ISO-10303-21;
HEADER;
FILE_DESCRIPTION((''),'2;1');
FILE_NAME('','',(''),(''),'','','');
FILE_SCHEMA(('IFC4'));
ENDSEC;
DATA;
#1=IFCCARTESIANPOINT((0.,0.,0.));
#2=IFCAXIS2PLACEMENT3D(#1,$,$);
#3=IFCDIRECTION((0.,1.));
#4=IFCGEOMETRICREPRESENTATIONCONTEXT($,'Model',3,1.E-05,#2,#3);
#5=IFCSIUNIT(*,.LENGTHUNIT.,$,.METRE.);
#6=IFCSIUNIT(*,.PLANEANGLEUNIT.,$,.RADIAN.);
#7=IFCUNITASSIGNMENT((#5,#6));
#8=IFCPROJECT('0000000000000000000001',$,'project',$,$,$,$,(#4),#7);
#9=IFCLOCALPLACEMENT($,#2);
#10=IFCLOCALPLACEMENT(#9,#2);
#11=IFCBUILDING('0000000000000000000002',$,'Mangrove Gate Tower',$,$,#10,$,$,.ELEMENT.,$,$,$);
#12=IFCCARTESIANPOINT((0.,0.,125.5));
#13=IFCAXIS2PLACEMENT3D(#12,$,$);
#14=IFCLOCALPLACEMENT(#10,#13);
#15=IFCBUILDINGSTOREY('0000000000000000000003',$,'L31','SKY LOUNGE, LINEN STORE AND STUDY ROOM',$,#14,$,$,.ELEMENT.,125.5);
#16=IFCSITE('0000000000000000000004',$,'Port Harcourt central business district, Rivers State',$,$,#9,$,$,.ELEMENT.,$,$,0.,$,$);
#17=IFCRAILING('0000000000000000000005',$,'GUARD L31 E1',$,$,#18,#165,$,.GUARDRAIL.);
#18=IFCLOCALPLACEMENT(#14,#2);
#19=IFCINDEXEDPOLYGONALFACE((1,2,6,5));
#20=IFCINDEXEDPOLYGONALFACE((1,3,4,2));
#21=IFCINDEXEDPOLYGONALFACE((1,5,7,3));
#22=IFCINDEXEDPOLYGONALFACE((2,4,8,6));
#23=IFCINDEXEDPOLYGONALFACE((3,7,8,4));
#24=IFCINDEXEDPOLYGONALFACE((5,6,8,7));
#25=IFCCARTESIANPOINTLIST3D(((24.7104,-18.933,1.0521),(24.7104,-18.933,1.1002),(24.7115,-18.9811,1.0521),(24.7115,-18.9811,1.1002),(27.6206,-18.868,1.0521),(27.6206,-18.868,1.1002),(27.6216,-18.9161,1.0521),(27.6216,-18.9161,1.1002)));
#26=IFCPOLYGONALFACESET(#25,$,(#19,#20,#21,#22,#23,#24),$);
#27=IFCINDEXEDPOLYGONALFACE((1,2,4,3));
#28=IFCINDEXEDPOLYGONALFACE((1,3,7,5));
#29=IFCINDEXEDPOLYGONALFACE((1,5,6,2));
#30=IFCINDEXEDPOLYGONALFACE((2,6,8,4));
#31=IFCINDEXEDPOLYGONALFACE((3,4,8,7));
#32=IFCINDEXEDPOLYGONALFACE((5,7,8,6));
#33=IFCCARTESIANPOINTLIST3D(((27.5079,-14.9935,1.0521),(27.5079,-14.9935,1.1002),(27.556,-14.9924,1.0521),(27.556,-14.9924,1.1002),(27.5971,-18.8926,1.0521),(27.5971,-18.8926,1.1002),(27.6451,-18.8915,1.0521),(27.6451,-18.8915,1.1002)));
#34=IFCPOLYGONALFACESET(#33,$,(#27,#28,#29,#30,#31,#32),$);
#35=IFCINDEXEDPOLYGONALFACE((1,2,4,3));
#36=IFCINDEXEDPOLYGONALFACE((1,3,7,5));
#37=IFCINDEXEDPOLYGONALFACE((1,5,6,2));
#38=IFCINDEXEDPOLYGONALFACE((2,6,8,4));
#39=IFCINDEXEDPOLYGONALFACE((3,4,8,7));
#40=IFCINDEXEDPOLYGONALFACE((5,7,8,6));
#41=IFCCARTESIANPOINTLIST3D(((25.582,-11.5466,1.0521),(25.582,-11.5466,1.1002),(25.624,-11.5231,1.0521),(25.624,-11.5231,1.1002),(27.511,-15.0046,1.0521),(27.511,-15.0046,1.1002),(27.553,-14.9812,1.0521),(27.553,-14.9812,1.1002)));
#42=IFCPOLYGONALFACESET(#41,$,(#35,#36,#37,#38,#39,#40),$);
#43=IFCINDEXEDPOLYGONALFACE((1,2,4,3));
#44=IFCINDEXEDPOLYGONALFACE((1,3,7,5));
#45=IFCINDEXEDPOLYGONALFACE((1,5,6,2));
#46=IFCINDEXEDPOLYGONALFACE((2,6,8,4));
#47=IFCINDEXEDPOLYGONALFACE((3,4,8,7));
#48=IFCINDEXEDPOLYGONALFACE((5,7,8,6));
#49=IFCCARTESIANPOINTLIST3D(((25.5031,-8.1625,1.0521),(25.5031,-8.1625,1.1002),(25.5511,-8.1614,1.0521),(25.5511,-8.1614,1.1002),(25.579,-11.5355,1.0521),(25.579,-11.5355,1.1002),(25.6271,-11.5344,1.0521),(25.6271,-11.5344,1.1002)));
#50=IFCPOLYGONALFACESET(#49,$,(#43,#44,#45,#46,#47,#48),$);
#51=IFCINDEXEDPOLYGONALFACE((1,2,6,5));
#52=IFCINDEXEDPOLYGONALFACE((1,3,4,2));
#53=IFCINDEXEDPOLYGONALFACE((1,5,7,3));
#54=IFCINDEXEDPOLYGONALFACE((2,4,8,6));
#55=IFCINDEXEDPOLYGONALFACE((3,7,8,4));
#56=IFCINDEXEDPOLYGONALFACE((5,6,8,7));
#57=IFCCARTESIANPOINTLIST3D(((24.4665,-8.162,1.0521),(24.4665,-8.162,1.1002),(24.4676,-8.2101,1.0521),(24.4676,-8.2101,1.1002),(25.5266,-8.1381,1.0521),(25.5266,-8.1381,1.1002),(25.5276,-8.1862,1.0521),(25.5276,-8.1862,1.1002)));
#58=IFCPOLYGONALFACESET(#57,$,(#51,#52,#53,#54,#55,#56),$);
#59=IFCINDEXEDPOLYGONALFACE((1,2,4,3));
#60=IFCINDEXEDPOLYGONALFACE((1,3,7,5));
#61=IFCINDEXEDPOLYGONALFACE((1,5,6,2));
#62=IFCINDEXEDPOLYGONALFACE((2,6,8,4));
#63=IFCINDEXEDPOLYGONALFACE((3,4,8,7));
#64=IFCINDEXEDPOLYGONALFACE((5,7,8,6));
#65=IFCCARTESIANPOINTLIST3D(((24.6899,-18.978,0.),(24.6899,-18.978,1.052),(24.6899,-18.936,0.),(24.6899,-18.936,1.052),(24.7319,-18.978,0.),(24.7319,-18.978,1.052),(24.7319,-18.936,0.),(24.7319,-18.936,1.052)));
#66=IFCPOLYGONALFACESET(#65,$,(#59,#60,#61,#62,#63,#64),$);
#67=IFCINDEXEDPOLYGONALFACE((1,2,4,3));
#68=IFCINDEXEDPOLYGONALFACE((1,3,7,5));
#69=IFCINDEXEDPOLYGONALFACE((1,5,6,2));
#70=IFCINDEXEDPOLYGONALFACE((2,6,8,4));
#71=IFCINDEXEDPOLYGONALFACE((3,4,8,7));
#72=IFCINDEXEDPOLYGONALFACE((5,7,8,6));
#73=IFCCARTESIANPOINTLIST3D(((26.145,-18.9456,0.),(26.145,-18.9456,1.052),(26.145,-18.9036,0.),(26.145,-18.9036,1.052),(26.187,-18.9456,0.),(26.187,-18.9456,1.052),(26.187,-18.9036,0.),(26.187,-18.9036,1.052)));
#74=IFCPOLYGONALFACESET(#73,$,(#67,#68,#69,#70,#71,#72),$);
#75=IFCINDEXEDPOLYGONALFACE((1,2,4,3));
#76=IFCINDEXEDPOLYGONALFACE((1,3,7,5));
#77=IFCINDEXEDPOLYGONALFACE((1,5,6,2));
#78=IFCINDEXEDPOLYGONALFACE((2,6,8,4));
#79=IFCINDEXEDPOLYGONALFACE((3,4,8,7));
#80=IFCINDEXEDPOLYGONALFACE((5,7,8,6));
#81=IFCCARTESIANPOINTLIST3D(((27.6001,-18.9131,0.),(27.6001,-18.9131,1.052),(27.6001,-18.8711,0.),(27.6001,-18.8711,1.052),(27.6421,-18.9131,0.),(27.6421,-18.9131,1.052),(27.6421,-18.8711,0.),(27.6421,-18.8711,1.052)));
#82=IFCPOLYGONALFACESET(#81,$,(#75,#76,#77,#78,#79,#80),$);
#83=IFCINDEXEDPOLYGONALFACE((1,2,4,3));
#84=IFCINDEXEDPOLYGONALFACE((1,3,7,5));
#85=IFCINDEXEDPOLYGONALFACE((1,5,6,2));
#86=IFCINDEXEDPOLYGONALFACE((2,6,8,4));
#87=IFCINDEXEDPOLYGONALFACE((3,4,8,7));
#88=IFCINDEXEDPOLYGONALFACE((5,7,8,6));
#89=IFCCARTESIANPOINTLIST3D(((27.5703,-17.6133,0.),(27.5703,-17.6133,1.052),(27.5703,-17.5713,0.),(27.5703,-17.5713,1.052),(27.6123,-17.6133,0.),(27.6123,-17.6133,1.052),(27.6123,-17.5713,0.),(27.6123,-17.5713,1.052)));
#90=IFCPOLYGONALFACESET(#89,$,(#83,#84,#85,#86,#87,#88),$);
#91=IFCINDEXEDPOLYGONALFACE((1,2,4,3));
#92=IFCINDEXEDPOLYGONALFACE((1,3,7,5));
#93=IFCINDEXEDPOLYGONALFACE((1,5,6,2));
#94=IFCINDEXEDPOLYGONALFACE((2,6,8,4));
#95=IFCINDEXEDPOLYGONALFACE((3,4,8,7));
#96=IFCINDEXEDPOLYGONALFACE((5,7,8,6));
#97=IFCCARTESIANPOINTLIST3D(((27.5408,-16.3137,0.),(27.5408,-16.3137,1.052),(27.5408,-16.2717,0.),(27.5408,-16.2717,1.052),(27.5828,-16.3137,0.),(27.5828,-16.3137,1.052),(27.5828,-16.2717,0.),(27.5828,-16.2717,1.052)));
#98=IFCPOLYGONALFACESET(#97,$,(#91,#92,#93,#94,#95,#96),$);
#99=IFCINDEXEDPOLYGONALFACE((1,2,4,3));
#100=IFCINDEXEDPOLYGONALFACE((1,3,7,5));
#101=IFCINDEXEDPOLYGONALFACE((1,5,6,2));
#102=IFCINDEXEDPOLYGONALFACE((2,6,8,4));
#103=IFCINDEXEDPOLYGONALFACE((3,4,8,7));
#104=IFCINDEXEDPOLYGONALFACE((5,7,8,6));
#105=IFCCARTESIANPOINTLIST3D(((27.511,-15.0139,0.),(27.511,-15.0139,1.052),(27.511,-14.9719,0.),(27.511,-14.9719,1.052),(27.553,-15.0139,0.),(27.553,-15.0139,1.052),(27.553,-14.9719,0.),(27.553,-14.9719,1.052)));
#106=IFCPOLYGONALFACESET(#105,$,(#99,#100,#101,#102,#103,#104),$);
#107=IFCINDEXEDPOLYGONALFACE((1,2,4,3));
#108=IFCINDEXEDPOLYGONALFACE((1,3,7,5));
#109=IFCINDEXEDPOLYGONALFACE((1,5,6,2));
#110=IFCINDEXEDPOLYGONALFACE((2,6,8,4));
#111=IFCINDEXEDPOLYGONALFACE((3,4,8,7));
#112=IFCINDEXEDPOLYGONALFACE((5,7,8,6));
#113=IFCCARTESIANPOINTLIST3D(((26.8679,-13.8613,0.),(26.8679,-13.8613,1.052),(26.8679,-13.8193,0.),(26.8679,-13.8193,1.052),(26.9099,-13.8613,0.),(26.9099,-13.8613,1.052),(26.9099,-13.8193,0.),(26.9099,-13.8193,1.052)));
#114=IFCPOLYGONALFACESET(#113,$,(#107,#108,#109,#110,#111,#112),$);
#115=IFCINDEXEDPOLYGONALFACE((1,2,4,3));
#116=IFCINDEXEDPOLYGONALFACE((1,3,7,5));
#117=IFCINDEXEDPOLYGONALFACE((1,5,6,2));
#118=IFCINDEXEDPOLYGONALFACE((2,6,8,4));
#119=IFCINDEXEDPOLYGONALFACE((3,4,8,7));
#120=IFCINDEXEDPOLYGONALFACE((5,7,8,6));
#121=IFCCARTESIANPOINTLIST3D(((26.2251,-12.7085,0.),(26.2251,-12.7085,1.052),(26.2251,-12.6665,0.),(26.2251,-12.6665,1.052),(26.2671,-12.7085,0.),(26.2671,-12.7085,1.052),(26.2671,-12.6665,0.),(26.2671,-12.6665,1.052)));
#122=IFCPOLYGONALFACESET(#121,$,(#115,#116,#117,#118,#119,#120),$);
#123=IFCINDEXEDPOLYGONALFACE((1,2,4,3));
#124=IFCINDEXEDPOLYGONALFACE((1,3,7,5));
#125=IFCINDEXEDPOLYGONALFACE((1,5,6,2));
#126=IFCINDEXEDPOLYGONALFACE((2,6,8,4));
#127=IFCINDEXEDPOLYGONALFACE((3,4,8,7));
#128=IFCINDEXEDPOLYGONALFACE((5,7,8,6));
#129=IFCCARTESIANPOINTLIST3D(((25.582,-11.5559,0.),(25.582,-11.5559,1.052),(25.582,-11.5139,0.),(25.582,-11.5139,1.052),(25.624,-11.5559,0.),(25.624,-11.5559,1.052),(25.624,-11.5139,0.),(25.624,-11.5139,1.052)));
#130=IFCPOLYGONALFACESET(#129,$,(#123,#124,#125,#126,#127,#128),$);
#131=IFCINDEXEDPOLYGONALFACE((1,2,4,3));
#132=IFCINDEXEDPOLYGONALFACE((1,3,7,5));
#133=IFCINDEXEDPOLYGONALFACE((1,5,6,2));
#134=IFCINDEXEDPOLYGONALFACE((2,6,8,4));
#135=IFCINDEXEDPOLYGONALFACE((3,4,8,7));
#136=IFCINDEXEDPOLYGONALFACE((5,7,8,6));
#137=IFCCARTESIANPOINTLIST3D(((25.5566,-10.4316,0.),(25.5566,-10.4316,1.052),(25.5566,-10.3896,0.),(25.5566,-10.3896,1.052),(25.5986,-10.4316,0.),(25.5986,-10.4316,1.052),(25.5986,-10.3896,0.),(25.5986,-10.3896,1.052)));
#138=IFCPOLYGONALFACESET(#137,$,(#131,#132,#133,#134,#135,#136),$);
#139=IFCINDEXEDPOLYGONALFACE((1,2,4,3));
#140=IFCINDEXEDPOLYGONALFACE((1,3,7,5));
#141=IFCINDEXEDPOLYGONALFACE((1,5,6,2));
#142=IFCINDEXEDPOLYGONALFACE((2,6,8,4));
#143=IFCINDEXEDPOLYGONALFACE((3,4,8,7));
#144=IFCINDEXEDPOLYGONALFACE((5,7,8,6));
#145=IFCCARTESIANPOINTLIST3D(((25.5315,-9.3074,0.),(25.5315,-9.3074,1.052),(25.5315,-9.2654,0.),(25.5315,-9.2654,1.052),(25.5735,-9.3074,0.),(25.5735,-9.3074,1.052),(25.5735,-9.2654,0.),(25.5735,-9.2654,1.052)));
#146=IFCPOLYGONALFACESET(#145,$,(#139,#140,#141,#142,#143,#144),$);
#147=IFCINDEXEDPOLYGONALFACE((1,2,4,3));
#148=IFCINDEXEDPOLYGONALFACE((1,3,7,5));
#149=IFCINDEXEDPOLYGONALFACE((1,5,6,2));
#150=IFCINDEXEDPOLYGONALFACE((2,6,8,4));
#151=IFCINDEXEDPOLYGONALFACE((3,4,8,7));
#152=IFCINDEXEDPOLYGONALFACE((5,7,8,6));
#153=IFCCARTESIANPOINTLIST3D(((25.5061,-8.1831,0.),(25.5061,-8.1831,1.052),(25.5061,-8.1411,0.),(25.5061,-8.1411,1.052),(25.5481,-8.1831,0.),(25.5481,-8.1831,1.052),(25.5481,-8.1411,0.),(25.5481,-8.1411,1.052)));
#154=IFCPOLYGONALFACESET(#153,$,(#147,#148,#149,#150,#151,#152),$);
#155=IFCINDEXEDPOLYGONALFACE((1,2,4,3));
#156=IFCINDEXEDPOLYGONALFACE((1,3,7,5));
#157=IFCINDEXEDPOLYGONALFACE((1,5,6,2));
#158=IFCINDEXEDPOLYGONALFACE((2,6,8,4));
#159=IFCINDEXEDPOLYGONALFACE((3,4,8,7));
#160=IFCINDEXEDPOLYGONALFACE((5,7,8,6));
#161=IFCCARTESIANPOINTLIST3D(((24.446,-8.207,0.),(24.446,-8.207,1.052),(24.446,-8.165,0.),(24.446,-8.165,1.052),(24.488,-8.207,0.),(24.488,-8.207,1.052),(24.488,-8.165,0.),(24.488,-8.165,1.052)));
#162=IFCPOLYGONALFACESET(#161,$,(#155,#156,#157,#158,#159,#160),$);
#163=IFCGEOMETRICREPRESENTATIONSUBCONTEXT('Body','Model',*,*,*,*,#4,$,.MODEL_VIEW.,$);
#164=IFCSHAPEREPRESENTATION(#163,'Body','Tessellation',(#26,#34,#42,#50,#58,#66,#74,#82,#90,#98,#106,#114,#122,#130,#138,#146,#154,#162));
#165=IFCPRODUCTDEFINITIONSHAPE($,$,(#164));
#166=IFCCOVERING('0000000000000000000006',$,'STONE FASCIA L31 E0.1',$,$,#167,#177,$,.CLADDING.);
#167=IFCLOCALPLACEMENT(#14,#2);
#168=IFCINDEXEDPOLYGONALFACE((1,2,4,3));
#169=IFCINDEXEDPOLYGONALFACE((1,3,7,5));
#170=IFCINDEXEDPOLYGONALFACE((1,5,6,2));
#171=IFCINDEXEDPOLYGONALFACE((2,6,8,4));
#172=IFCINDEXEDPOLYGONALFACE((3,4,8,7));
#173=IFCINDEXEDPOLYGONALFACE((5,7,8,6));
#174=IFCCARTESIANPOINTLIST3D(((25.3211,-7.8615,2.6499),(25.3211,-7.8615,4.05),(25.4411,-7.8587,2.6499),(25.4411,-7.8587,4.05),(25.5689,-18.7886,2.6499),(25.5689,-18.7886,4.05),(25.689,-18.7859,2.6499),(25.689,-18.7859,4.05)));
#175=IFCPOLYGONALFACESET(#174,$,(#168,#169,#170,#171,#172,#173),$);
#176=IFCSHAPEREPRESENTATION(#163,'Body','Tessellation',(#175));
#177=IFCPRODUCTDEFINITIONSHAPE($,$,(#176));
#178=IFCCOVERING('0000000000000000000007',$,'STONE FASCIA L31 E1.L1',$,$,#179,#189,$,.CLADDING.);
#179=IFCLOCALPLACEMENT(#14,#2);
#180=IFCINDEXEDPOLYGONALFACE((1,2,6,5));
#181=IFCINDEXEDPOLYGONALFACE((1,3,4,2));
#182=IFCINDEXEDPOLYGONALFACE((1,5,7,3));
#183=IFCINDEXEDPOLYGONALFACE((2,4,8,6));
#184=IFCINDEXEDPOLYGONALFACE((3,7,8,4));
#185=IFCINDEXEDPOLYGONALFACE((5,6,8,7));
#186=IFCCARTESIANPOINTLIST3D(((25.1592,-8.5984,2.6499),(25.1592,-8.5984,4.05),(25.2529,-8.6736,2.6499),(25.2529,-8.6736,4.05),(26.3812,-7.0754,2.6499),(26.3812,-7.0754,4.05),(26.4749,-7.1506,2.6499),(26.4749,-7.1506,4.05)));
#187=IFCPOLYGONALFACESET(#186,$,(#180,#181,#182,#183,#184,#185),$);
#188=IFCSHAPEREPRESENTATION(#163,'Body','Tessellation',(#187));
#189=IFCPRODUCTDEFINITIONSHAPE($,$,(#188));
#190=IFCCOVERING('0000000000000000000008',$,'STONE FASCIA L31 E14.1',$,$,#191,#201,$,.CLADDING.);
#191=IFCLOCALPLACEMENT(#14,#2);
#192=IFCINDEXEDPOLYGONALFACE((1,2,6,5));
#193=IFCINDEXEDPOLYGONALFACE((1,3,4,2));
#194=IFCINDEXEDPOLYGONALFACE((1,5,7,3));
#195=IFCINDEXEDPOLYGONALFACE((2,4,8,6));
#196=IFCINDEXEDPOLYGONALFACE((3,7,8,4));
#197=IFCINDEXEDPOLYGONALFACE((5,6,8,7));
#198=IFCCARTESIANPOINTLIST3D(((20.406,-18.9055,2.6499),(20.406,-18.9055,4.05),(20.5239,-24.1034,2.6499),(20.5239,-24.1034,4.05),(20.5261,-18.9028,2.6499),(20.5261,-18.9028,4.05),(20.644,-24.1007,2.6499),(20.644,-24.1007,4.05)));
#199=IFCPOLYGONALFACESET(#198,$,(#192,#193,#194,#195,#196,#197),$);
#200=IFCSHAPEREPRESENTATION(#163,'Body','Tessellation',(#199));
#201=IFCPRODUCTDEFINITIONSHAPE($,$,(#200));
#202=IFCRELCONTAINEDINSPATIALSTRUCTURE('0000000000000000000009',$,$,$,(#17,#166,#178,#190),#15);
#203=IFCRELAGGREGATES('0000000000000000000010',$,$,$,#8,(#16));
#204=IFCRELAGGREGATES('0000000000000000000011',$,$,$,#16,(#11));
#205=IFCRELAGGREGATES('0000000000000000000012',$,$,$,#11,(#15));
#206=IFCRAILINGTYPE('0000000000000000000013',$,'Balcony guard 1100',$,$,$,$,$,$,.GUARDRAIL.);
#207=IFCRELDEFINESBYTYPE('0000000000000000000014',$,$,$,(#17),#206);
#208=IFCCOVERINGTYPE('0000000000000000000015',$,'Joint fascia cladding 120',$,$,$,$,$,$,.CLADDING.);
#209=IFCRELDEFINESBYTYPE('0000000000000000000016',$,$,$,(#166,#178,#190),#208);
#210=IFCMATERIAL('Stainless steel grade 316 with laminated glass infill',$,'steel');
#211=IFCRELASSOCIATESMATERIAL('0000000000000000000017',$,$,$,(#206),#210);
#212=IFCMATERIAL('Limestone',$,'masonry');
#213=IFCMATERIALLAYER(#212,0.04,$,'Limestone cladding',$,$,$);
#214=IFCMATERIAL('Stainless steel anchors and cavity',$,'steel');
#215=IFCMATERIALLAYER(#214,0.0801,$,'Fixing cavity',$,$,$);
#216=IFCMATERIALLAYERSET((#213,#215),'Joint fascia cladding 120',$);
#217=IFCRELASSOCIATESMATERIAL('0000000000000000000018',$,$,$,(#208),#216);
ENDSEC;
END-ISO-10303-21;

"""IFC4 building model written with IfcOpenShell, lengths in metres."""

from ifc_helpers import new_model, si_unit, direction, frame, frame_2d, origin, origin_2d, place, context, subcontext, project, spatial, rectangle, extrude, material, layer, layer_set, type_object, element, save


model = new_model("IFC4")

# Units and contexts
model_context = context("Model", 3, precision=1e-05, world=origin(), true_north=direction((0.0, 1.0)))
body_context = subcontext(model_context, "Body", "Model", "MODEL_VIEW")
ifc_project = project(units=[si_unit("LENGTHUNIT", "METRE"), si_unit("PLANEANGLEUNIT", "RADIAN")], contexts=[model_context])

# Site, building, storey
site_placement = place(None, origin())
site = spatial("IfcSite", under=ifc_project, at=site_placement, Name="Port Harcourt central business district, Rivers State", CompositionType="ELEMENT", RefElevation=0.0)
building_placement = place(site_placement, origin())
building = spatial("IfcBuilding", under=site, at=building_placement, Name="Mangrove Gate Tower", CompositionType="ELEMENT")
storey_placement = place(building_placement, frame((0.0, 0.0, 125.5)))
storey = spatial("IfcBuildingStorey", under=building, at=storey_placement, Name="L31", Description="SKY LOUNGE, LINEN STORE AND STUDY ROOM", CompositionType="ELEMENT", Elevation=125.5)

# Shared definitions
ifc_material_1 = material(Name="Limestone", Category="masonry")

# Railing
ifc_material_2 = material(Name="Stainless steel grade 316 with laminated glass infill", Category="steel")
railing_type = type_object("IfcRailingType", Name="Balcony guard 1100", PredefinedType="GUARDRAIL", material=ifc_material_2)
railing_placement = place(storey_placement, frame((24.7109, -18.957, 0.0)))
element("IfcRailing", 1, at=railing_placement, inside=storey, type_object=railing_type, Name="GUARD L31 E1", PredefinedType="GUARDRAIL", context=body_context, shape_type="SweptSolid", body=[
    extrude(rectangle(XDim=0.0481, YDim=0.0481, at=origin_2d()), frame((0.0, 0.0, 1.0762), z_axis=(0.999751, 0.02231, 0.0), x_axis=(-0.02231, 0.999751, 0.0)), (0.0, 0.0, 1.0), 2.9109),
    extrude(rectangle(XDim=0.0481, YDim=0.0481, at=origin_2d()), frame((2.9102, 0.0649, 1.0762), z_axis=(-0.022848, 0.999739, 0.0), x_axis=(-0.999739, -0.022848, 0.0)), (0.0, 0.0, 1.0), 3.9001),
    extrude(rectangle(XDim=0.0481, YDim=0.0481, at=origin_2d()), frame((2.821, 3.9641, 1.0762), z_axis=(-0.487155, 0.873315, 0.0), x_axis=(-0.873315, -0.487155, 0.0)), (0.0, 0.0, 1.0), 3.9597),
    extrude(rectangle(XDim=0.0481, YDim=0.0481, at=origin_2d()), frame((0.8921, 7.4221, 1.0762), z_axis=(-0.022506, 0.999747, 0.0), x_axis=(-0.999747, -0.022506, 0.0)), (0.0, 0.0, 1.0), 3.3738),
    extrude(rectangle(XDim=0.0481, YDim=0.0481, at=origin_2d()), frame((0.8162, 10.7949, 1.0762), z_axis=(-0.999745, -0.022564, 0.0), x_axis=(0.022564, -0.999745, 0.0)), (0.0, 0.0, 1.0), 1.0603),
    extrude(rectangle(XDim=0.042, YDim=0.042, at=origin_2d()), origin(), (0.0, 0.0, 1.0), 1.052),
    extrude(rectangle(XDim=0.042, YDim=0.042, at=origin_2d()), frame((1.4551, 0.0325, 0.0)), (0.0, 0.0, 1.0), 1.052),
    extrude(rectangle(XDim=0.042, YDim=0.042, at=origin_2d()), frame((2.9102, 0.0649, 0.0)), (0.0, 0.0, 1.0), 1.052),
    extrude(rectangle(XDim=0.042, YDim=0.042, at=origin_2d()), frame((2.8804, 1.3647, 0.0)), (0.0, 0.0, 1.0), 1.052),
    extrude(rectangle(XDim=0.042, YDim=0.042, at=origin_2d()), frame((2.8508, 2.6643, 0.0)), (0.0, 0.0, 1.0), 1.052),
    extrude(rectangle(XDim=0.042, YDim=0.042, at=origin_2d()), frame((2.821, 3.9641, 0.0)), (0.0, 0.0, 1.0), 1.052),
    extrude(rectangle(XDim=0.042, YDim=0.042, at=origin_2d()), frame((2.178, 5.1167, 0.0)), (0.0, 0.0, 1.0), 1.052),
    extrude(rectangle(XDim=0.042, YDim=0.042, at=origin_2d()), frame((1.5352, 6.2695, 0.0)), (0.0, 0.0, 1.0), 1.052),
    extrude(rectangle(XDim=0.042, YDim=0.042, at=origin_2d()), frame((0.8921, 7.4221, 0.0)), (0.0, 0.0, 1.0), 1.052),
    extrude(rectangle(XDim=0.042, YDim=0.042, at=origin_2d()), frame((0.8667, 8.5464, 0.0)), (0.0, 0.0, 1.0), 1.052),
    extrude(rectangle(XDim=0.042, YDim=0.042, at=origin_2d()), frame((0.8416, 9.6707, 0.0)), (0.0, 0.0, 1.0), 1.052),
    extrude(rectangle(XDim=0.042, YDim=0.042, at=origin_2d()), frame((0.8162, 10.7949, 0.0)), (0.0, 0.0, 1.0), 1.052),
    extrude(rectangle(XDim=0.042, YDim=0.042, at=origin_2d()), frame((-0.2439, 10.771, 0.0)), (0.0, 0.0, 1.0), 1.052),
])

# Coverings
ifc_layer_1 = layer(ifc_material_1, 0.04, Name="Limestone cladding")
ifc_material_3 = material(Name="Stainless steel anchors and cavity", Category="steel")
ifc_layer_2 = layer(ifc_material_3, 0.0801, Name="Fixing cavity")
ifc_layer_set_1 = layer_set([ifc_layer_1, ifc_layer_2], Name="Joint fascia cladding 120")
covering_type = type_object("IfcCoveringType", Name="Joint fascia cladding 120", PredefinedType="CLADDING", material=ifc_layer_set_1)
covering_1_placement = place(storey_placement, frame((25.6289, -18.7871, 2.6499), z_axis=(0.0, 0.0, 1.0), x_axis=(-0.022672, 0.999743, 0.0)))
element("IfcCovering", 2, at=covering_1_placement, inside=storey, type_object=covering_type, Name="STONE FASCIA L31 E0.1", PredefinedType="CLADDING", context=body_context, shape_type="SweptSolid", body=[
    extrude(rectangle(XDim=10.9299, YDim=0.1201, at=frame_2d((5.4648, 0.0))), origin(), (0.0, 0.0, 1.0), 1.4001),
])
covering_2_placement = place(storey_placement, frame((25.2061, -8.636, 2.6499), z_axis=(0.0, 0.0, 1.0), x_axis=(0.625808, 0.779978, 0.0)))
element("IfcCovering", 3, at=covering_2_placement, inside=storey, type_object=covering_type, Name="STONE FASCIA L31 E1.L1", PredefinedType="CLADDING", context=body_context, shape_type="SweptSolid", body=[
    extrude(rectangle(XDim=1.9526, YDim=0.1201, at=frame_2d((0.9763, 0.0))), origin(), (0.0, 0.0, 1.0), 1.4001),
])
covering_3_placement = place(storey_placement, frame((20.584, -24.1021, 2.6499), z_axis=(0.0, 0.0, 1.0), x_axis=(-0.02268, 0.999743, 0.0)))
element("IfcCovering", 4, at=covering_3_placement, inside=storey, type_object=covering_type, Name="STONE FASCIA L31 E14.1", PredefinedType="CLADDING", context=body_context, shape_type="SweptSolid", body=[
    extrude(rectangle(XDim=5.1992, YDim=0.1201, at=frame_2d((2.5996, 0.0))), origin(), (0.0, 0.0, 1.0), 1.4001),
])

save(model, "model.ifc")
